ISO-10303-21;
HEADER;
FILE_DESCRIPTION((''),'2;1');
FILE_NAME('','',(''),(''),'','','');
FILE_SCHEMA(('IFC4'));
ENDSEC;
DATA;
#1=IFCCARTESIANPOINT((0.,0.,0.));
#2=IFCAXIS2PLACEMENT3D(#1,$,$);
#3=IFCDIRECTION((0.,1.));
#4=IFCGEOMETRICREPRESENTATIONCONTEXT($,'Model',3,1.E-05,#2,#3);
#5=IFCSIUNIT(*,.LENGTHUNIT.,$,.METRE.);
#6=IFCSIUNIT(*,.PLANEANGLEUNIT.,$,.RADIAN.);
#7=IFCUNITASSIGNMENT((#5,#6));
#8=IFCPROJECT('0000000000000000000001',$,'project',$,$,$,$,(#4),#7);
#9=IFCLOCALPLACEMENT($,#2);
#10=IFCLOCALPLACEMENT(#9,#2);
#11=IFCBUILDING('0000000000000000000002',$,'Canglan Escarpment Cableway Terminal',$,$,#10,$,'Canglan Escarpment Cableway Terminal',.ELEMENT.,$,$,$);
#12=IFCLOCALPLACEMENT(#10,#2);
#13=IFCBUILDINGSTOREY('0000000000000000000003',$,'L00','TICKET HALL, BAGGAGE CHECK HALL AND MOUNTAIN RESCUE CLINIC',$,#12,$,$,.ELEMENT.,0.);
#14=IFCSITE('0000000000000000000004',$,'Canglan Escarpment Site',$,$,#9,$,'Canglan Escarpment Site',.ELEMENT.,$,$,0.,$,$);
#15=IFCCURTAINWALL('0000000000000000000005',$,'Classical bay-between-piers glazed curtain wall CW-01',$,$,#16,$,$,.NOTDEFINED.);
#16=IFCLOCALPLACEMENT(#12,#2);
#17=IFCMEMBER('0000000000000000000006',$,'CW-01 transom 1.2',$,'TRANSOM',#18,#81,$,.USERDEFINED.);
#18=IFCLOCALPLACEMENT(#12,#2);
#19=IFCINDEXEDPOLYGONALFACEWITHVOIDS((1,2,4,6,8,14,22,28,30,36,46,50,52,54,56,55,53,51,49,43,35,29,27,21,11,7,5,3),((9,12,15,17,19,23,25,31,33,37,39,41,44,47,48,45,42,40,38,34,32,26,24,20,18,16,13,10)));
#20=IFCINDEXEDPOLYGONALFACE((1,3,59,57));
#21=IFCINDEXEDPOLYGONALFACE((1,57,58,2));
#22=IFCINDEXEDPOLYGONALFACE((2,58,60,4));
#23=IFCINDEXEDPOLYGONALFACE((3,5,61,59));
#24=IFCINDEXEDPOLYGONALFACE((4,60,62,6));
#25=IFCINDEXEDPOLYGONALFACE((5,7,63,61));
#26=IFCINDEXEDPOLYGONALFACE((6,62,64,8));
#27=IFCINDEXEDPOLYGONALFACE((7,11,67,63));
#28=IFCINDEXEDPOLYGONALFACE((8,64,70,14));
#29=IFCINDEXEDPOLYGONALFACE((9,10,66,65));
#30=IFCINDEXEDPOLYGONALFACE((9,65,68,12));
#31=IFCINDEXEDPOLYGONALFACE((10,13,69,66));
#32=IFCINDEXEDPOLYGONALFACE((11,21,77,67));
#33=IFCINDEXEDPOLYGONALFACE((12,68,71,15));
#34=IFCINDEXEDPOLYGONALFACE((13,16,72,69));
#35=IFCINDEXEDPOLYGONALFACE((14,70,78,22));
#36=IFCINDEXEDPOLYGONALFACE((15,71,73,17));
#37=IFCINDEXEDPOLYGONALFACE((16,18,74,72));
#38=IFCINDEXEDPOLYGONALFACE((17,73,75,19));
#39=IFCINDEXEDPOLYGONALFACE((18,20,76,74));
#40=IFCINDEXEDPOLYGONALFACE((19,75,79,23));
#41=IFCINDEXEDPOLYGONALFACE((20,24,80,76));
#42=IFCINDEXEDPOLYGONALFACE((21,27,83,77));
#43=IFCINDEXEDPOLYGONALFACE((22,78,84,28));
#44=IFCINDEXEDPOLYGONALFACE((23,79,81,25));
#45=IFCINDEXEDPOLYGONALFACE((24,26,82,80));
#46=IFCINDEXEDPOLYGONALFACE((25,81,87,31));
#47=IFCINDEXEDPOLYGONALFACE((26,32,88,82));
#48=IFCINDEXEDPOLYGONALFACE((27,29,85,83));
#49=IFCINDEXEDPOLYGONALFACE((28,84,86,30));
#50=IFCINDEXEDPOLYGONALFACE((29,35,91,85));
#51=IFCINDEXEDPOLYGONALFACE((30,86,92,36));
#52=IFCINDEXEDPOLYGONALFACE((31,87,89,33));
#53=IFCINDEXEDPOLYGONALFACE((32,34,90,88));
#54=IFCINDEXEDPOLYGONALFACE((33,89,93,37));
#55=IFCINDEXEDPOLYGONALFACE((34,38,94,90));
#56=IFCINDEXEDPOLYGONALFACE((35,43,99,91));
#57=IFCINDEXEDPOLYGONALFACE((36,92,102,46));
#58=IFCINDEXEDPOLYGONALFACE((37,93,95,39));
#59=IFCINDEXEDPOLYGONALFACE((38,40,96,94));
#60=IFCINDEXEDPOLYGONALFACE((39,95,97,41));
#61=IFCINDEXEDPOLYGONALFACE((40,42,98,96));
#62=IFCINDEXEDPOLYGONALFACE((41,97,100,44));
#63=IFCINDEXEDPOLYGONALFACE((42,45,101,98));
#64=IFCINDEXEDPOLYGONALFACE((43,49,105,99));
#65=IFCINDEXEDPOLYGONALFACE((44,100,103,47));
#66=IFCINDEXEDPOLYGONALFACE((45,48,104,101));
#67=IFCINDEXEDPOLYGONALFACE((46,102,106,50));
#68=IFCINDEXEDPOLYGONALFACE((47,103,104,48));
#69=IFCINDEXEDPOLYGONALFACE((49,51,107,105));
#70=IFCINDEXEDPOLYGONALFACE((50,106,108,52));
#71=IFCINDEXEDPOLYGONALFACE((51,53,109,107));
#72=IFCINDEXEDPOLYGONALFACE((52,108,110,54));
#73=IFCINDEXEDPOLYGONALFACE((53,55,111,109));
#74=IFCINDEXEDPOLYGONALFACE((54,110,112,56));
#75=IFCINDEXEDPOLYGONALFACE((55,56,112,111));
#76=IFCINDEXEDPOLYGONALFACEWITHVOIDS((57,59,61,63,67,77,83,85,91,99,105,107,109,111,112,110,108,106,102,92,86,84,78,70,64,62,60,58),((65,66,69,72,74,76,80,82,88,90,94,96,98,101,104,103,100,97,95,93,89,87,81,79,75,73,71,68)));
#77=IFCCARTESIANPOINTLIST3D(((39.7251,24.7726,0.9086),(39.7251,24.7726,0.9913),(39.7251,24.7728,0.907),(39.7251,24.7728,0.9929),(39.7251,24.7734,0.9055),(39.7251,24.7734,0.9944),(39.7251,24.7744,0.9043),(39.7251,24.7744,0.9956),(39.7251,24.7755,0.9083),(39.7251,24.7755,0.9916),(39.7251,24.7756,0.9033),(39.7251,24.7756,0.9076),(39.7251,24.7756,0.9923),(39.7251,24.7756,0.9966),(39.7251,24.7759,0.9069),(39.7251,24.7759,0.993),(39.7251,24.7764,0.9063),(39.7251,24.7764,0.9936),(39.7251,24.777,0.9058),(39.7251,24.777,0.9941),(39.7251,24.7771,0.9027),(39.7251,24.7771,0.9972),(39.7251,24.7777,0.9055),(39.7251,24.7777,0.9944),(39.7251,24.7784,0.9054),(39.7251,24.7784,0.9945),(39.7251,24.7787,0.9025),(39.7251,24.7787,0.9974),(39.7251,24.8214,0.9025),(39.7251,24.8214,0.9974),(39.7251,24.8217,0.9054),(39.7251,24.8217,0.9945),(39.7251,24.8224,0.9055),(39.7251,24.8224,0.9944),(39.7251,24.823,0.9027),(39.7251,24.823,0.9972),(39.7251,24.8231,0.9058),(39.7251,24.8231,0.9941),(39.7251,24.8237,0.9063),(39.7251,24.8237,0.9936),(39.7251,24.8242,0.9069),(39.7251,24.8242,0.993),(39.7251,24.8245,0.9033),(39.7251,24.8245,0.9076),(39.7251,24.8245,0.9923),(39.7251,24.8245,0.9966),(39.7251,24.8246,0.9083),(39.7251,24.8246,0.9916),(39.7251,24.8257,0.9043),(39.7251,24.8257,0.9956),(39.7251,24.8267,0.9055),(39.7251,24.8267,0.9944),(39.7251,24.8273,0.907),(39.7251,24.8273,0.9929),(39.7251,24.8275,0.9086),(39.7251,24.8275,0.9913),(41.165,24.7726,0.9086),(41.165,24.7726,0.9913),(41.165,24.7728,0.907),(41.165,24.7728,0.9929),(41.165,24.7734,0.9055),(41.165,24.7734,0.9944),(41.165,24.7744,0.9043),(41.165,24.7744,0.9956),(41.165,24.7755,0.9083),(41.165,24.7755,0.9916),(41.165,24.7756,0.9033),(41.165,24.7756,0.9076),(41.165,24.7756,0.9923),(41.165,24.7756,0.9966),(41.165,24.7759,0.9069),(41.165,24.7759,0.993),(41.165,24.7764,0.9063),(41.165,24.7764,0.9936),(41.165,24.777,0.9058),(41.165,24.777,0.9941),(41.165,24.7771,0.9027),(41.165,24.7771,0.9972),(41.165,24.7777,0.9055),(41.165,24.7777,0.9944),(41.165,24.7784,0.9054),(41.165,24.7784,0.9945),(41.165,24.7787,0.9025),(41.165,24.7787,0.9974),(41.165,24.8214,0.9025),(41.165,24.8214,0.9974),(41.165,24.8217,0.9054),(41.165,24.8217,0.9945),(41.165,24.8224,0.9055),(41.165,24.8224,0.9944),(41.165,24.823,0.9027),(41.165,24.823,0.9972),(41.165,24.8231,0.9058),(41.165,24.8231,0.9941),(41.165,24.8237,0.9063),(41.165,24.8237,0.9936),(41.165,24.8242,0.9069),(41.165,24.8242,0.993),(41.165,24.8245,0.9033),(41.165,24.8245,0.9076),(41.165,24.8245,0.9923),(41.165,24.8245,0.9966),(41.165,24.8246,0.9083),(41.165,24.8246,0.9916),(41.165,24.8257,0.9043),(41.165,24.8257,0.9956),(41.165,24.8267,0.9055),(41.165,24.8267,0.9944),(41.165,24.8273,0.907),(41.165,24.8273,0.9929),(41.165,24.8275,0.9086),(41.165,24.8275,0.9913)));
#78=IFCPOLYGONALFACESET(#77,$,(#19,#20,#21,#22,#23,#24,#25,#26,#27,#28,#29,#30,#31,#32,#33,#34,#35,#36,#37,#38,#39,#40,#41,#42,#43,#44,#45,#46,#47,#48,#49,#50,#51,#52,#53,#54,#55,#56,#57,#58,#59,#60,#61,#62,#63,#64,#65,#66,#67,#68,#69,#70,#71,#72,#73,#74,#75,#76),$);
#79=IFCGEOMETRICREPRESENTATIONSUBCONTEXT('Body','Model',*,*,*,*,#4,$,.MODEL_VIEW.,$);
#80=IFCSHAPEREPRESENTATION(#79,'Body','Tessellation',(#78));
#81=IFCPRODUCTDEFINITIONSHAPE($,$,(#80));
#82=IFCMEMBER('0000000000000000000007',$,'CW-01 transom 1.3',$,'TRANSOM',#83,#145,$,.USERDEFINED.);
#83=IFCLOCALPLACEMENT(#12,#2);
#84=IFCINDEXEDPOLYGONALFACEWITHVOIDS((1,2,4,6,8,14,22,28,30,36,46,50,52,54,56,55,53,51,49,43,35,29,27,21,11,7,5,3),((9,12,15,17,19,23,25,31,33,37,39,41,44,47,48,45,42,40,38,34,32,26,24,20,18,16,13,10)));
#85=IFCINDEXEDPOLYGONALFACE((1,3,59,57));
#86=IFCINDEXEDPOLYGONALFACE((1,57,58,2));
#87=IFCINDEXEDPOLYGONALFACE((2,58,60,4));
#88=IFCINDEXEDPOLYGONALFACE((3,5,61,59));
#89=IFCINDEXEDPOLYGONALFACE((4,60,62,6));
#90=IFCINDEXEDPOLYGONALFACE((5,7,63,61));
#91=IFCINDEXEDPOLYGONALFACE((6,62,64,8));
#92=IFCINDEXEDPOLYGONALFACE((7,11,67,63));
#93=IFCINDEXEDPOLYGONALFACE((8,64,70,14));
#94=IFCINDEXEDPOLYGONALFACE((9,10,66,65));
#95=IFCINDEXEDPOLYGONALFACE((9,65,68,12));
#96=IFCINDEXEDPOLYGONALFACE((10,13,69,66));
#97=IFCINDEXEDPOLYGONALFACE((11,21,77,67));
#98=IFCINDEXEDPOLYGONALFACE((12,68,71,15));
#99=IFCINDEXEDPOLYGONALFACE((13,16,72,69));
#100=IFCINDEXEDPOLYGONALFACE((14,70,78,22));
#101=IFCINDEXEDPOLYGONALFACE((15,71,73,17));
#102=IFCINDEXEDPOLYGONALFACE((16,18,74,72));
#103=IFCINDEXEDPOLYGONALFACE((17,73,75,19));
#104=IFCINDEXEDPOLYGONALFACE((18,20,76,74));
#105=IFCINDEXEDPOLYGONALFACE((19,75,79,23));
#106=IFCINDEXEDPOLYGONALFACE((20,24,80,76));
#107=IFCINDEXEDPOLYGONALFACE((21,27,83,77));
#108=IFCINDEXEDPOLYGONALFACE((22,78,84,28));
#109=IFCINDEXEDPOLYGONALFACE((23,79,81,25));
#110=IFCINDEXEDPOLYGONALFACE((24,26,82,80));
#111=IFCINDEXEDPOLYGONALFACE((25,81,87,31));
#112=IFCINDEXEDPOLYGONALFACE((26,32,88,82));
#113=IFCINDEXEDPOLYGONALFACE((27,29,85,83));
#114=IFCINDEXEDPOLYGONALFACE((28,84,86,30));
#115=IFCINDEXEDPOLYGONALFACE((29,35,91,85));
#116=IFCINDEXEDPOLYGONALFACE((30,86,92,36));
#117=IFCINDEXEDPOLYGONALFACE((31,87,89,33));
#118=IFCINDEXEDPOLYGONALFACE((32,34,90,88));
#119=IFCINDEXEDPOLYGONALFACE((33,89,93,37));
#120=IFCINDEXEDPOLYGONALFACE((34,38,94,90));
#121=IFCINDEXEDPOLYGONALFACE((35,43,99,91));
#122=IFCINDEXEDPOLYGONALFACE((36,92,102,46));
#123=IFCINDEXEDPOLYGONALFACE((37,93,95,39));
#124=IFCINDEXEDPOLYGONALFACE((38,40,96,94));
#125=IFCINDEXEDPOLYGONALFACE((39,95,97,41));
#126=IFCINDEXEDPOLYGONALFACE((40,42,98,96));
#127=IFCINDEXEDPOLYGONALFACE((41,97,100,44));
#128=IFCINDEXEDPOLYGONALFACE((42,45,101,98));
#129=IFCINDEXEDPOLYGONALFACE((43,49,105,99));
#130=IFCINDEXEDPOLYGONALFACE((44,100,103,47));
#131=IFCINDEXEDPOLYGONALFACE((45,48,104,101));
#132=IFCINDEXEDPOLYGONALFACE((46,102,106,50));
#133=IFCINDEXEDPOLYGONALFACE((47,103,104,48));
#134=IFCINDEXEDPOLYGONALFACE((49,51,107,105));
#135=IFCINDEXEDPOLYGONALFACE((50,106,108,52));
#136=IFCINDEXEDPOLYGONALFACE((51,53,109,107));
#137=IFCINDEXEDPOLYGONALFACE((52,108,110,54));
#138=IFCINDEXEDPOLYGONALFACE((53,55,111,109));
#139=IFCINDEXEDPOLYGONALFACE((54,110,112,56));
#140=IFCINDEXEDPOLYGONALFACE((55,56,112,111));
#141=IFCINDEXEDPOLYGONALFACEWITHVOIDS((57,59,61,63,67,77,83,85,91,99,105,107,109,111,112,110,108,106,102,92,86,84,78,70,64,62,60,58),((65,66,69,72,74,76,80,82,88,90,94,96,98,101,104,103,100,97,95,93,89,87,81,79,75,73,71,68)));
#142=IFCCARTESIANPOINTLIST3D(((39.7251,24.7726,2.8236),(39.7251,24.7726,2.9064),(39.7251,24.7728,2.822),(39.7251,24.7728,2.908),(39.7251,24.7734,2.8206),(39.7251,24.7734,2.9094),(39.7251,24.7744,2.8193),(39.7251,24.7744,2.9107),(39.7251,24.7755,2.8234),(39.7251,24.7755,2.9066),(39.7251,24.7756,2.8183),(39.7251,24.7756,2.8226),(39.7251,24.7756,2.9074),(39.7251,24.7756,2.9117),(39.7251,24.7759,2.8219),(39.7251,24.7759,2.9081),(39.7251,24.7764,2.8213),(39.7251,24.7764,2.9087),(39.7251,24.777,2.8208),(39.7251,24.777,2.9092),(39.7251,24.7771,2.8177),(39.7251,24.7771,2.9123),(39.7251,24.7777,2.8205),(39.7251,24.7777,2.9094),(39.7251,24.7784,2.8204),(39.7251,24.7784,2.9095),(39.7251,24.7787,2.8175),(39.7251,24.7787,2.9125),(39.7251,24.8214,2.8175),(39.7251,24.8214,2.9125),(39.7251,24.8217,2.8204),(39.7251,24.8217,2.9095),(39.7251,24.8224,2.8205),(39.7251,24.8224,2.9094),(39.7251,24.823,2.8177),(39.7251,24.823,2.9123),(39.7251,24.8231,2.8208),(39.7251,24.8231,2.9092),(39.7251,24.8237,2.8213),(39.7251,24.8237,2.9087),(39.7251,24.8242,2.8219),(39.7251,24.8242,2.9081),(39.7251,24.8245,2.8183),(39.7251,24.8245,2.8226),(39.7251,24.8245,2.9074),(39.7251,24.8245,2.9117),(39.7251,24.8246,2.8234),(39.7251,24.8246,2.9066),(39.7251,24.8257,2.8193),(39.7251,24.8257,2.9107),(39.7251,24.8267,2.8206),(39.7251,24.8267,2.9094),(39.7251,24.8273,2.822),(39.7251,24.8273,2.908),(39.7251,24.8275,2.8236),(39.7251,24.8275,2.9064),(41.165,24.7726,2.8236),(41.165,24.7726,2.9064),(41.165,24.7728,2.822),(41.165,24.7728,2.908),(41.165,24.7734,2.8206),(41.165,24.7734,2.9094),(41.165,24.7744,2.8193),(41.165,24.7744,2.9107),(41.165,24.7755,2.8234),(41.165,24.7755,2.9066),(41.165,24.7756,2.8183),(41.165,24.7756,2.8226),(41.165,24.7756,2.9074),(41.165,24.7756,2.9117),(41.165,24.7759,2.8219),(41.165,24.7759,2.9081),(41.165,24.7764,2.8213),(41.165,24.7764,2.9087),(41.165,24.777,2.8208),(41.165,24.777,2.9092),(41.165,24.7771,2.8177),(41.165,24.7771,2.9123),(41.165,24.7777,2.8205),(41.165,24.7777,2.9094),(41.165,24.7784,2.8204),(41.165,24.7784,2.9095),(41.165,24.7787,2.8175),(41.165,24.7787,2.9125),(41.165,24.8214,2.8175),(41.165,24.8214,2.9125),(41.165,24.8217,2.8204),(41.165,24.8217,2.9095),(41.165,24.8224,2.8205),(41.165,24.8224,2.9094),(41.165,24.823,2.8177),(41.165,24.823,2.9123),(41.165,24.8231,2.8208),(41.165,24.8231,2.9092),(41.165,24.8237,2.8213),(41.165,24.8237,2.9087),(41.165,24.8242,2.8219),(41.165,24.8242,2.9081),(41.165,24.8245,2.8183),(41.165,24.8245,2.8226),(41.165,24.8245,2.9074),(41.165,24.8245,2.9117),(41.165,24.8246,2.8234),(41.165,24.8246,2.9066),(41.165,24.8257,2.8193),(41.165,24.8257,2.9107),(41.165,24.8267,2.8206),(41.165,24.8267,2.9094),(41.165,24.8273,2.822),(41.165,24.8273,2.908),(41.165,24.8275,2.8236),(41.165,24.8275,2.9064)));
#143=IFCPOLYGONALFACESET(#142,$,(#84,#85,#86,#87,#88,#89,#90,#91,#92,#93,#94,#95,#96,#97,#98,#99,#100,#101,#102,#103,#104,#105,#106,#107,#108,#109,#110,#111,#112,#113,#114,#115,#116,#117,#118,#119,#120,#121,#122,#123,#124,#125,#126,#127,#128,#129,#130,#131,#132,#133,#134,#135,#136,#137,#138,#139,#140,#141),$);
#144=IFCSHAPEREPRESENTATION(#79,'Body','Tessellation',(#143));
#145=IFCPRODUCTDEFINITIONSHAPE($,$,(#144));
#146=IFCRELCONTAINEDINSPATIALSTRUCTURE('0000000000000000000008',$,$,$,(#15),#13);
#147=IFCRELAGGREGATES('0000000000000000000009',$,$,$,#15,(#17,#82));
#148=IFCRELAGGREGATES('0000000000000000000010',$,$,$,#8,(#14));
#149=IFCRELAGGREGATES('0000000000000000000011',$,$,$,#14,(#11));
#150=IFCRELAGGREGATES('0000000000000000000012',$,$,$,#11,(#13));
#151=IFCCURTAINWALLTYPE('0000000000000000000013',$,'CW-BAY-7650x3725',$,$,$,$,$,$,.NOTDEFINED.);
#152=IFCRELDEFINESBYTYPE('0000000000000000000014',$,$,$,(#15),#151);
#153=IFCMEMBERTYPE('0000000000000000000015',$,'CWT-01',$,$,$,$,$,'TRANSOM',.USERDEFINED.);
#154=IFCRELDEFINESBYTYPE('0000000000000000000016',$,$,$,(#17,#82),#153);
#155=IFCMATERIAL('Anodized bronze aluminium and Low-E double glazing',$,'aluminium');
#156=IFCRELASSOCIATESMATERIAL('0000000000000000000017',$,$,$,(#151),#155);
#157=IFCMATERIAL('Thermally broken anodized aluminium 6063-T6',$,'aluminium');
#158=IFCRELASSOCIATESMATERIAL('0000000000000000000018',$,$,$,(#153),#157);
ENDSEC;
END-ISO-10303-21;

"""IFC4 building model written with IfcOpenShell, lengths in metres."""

from ifc_helpers import new_model, si_unit, direction, frame, origin, origin_2d, place, context, subcontext, project, spatial, hollow_rectangle, extrude, material, material_profile, profile_set, type_object, element, aggregate, save


model = new_model("IFC4")

# Units and contexts
model_context = context("Model", 3, precision=1e-05, world=origin(), true_north=direction((0.0, 1.0)))
body_context = subcontext(model_context, "Body", "Model", "MODEL_VIEW")
ifc_project = project(units=[si_unit("LENGTHUNIT", "METRE"), si_unit("PLANEANGLEUNIT", "RADIAN")], contexts=[model_context])

# Site, building, storey
site_placement = place(None, origin())
site = spatial("IfcSite", under=ifc_project, at=site_placement, Name="Canglan Escarpment Site", LongName="Canglan Escarpment Site", CompositionType="ELEMENT", RefElevation=0.0)
building_placement = place(site_placement, origin())
building = spatial("IfcBuilding", under=site, at=building_placement, Name="Canglan Escarpment Cableway Terminal", LongName="Canglan Escarpment Cableway Terminal", CompositionType="ELEMENT")
storey_placement = place(building_placement, origin())
storey = spatial("IfcBuildingStorey", under=building, at=storey_placement, Name="L00", Description="TICKET HALL, BAGGAGE CHECK HALL AND MOUNTAIN RESCUE CLINIC", CompositionType="ELEMENT", Elevation=0.0)

# Curtain wall
ifc_material_1 = material(Name="Anodized bronze aluminium and Low-E double glazing", Category="aluminium")
curtain_wall_type_1 = type_object("IfcCurtainWallType", Name="CW-BAY-7650x3725", PredefinedType="NOTDEFINED", material=ifc_material_1)
curtain_wall_1_placement = place(storey_placement, origin())
curtain_wall_1 = element("IfcCurtainWall", 1, at=curtain_wall_1_placement, inside=storey, type_object=curtain_wall_type_1, Name="Classical bay-between-piers glazed curtain wall CW-01", PredefinedType="NOTDEFINED")
ifc_material_2 = material(Name="Thermally broken anodized aluminium 6063-T6", Category="aluminium")

# Members
ifc_material_profile_1 = material_profile(ifc_material_2, hollow_rectangle(XDim=0.0549, YDim=0.095, WallThickness=0.0029, InnerFilletRadius=0.0029, OuterFilletRadius=0.0061, at=origin_2d()), Name="ALU-TRAN 55x95x3")
ifc_profile_set_1 = profile_set([ifc_material_profile_1], Name="Thermally broken anodized aluminium 6063-T6")
member_type_1 = type_object("IfcMemberType", Name="CWT-01", ElementType="TRANSOM", PredefinedType="USERDEFINED", material=ifc_profile_set_1)
member_1_placement = place(storey_placement, frame((41.165, 24.8, 0.95), z_axis=(-1.0, 0.0, 0.0), x_axis=(0.0, -1.0, 0.0)))
member_1 = element("IfcMember", 2, at=member_1_placement, type_object=member_type_1, Name="CW-01 transom 1.2", ObjectType="TRANSOM", PredefinedType="USERDEFINED", context=body_context, shape_type="SweptSolid", body=[
    extrude(hollow_rectangle(XDim=0.0549, YDim=0.095, WallThickness=0.0029, InnerFilletRadius=0.0029, OuterFilletRadius=0.0061, at=origin_2d()), origin(), (0.0, 0.0, 1.0), 1.4399),
])
member_2_placement = place(storey_placement, frame((41.165, 24.8, 2.865), z_axis=(-1.0, 0.0, 0.0), x_axis=(0.0, -1.0, 0.0)))
member_2 = element("IfcMember", 3, at=member_2_placement, type_object=member_type_1, Name="CW-01 transom 1.3", ObjectType="TRANSOM", PredefinedType="USERDEFINED", context=body_context, shape_type="SweptSolid", body=[
    extrude(hollow_rectangle(XDim=0.0549, YDim=0.095, WallThickness=0.0029, InnerFilletRadius=0.0029, OuterFilletRadius=0.0061, at=origin_2d()), origin(), (0.0, 0.0, 1.0), 1.4399),
])

aggregate(curtain_wall_1, [member_1, member_2])

save(model, "model.ifc")
